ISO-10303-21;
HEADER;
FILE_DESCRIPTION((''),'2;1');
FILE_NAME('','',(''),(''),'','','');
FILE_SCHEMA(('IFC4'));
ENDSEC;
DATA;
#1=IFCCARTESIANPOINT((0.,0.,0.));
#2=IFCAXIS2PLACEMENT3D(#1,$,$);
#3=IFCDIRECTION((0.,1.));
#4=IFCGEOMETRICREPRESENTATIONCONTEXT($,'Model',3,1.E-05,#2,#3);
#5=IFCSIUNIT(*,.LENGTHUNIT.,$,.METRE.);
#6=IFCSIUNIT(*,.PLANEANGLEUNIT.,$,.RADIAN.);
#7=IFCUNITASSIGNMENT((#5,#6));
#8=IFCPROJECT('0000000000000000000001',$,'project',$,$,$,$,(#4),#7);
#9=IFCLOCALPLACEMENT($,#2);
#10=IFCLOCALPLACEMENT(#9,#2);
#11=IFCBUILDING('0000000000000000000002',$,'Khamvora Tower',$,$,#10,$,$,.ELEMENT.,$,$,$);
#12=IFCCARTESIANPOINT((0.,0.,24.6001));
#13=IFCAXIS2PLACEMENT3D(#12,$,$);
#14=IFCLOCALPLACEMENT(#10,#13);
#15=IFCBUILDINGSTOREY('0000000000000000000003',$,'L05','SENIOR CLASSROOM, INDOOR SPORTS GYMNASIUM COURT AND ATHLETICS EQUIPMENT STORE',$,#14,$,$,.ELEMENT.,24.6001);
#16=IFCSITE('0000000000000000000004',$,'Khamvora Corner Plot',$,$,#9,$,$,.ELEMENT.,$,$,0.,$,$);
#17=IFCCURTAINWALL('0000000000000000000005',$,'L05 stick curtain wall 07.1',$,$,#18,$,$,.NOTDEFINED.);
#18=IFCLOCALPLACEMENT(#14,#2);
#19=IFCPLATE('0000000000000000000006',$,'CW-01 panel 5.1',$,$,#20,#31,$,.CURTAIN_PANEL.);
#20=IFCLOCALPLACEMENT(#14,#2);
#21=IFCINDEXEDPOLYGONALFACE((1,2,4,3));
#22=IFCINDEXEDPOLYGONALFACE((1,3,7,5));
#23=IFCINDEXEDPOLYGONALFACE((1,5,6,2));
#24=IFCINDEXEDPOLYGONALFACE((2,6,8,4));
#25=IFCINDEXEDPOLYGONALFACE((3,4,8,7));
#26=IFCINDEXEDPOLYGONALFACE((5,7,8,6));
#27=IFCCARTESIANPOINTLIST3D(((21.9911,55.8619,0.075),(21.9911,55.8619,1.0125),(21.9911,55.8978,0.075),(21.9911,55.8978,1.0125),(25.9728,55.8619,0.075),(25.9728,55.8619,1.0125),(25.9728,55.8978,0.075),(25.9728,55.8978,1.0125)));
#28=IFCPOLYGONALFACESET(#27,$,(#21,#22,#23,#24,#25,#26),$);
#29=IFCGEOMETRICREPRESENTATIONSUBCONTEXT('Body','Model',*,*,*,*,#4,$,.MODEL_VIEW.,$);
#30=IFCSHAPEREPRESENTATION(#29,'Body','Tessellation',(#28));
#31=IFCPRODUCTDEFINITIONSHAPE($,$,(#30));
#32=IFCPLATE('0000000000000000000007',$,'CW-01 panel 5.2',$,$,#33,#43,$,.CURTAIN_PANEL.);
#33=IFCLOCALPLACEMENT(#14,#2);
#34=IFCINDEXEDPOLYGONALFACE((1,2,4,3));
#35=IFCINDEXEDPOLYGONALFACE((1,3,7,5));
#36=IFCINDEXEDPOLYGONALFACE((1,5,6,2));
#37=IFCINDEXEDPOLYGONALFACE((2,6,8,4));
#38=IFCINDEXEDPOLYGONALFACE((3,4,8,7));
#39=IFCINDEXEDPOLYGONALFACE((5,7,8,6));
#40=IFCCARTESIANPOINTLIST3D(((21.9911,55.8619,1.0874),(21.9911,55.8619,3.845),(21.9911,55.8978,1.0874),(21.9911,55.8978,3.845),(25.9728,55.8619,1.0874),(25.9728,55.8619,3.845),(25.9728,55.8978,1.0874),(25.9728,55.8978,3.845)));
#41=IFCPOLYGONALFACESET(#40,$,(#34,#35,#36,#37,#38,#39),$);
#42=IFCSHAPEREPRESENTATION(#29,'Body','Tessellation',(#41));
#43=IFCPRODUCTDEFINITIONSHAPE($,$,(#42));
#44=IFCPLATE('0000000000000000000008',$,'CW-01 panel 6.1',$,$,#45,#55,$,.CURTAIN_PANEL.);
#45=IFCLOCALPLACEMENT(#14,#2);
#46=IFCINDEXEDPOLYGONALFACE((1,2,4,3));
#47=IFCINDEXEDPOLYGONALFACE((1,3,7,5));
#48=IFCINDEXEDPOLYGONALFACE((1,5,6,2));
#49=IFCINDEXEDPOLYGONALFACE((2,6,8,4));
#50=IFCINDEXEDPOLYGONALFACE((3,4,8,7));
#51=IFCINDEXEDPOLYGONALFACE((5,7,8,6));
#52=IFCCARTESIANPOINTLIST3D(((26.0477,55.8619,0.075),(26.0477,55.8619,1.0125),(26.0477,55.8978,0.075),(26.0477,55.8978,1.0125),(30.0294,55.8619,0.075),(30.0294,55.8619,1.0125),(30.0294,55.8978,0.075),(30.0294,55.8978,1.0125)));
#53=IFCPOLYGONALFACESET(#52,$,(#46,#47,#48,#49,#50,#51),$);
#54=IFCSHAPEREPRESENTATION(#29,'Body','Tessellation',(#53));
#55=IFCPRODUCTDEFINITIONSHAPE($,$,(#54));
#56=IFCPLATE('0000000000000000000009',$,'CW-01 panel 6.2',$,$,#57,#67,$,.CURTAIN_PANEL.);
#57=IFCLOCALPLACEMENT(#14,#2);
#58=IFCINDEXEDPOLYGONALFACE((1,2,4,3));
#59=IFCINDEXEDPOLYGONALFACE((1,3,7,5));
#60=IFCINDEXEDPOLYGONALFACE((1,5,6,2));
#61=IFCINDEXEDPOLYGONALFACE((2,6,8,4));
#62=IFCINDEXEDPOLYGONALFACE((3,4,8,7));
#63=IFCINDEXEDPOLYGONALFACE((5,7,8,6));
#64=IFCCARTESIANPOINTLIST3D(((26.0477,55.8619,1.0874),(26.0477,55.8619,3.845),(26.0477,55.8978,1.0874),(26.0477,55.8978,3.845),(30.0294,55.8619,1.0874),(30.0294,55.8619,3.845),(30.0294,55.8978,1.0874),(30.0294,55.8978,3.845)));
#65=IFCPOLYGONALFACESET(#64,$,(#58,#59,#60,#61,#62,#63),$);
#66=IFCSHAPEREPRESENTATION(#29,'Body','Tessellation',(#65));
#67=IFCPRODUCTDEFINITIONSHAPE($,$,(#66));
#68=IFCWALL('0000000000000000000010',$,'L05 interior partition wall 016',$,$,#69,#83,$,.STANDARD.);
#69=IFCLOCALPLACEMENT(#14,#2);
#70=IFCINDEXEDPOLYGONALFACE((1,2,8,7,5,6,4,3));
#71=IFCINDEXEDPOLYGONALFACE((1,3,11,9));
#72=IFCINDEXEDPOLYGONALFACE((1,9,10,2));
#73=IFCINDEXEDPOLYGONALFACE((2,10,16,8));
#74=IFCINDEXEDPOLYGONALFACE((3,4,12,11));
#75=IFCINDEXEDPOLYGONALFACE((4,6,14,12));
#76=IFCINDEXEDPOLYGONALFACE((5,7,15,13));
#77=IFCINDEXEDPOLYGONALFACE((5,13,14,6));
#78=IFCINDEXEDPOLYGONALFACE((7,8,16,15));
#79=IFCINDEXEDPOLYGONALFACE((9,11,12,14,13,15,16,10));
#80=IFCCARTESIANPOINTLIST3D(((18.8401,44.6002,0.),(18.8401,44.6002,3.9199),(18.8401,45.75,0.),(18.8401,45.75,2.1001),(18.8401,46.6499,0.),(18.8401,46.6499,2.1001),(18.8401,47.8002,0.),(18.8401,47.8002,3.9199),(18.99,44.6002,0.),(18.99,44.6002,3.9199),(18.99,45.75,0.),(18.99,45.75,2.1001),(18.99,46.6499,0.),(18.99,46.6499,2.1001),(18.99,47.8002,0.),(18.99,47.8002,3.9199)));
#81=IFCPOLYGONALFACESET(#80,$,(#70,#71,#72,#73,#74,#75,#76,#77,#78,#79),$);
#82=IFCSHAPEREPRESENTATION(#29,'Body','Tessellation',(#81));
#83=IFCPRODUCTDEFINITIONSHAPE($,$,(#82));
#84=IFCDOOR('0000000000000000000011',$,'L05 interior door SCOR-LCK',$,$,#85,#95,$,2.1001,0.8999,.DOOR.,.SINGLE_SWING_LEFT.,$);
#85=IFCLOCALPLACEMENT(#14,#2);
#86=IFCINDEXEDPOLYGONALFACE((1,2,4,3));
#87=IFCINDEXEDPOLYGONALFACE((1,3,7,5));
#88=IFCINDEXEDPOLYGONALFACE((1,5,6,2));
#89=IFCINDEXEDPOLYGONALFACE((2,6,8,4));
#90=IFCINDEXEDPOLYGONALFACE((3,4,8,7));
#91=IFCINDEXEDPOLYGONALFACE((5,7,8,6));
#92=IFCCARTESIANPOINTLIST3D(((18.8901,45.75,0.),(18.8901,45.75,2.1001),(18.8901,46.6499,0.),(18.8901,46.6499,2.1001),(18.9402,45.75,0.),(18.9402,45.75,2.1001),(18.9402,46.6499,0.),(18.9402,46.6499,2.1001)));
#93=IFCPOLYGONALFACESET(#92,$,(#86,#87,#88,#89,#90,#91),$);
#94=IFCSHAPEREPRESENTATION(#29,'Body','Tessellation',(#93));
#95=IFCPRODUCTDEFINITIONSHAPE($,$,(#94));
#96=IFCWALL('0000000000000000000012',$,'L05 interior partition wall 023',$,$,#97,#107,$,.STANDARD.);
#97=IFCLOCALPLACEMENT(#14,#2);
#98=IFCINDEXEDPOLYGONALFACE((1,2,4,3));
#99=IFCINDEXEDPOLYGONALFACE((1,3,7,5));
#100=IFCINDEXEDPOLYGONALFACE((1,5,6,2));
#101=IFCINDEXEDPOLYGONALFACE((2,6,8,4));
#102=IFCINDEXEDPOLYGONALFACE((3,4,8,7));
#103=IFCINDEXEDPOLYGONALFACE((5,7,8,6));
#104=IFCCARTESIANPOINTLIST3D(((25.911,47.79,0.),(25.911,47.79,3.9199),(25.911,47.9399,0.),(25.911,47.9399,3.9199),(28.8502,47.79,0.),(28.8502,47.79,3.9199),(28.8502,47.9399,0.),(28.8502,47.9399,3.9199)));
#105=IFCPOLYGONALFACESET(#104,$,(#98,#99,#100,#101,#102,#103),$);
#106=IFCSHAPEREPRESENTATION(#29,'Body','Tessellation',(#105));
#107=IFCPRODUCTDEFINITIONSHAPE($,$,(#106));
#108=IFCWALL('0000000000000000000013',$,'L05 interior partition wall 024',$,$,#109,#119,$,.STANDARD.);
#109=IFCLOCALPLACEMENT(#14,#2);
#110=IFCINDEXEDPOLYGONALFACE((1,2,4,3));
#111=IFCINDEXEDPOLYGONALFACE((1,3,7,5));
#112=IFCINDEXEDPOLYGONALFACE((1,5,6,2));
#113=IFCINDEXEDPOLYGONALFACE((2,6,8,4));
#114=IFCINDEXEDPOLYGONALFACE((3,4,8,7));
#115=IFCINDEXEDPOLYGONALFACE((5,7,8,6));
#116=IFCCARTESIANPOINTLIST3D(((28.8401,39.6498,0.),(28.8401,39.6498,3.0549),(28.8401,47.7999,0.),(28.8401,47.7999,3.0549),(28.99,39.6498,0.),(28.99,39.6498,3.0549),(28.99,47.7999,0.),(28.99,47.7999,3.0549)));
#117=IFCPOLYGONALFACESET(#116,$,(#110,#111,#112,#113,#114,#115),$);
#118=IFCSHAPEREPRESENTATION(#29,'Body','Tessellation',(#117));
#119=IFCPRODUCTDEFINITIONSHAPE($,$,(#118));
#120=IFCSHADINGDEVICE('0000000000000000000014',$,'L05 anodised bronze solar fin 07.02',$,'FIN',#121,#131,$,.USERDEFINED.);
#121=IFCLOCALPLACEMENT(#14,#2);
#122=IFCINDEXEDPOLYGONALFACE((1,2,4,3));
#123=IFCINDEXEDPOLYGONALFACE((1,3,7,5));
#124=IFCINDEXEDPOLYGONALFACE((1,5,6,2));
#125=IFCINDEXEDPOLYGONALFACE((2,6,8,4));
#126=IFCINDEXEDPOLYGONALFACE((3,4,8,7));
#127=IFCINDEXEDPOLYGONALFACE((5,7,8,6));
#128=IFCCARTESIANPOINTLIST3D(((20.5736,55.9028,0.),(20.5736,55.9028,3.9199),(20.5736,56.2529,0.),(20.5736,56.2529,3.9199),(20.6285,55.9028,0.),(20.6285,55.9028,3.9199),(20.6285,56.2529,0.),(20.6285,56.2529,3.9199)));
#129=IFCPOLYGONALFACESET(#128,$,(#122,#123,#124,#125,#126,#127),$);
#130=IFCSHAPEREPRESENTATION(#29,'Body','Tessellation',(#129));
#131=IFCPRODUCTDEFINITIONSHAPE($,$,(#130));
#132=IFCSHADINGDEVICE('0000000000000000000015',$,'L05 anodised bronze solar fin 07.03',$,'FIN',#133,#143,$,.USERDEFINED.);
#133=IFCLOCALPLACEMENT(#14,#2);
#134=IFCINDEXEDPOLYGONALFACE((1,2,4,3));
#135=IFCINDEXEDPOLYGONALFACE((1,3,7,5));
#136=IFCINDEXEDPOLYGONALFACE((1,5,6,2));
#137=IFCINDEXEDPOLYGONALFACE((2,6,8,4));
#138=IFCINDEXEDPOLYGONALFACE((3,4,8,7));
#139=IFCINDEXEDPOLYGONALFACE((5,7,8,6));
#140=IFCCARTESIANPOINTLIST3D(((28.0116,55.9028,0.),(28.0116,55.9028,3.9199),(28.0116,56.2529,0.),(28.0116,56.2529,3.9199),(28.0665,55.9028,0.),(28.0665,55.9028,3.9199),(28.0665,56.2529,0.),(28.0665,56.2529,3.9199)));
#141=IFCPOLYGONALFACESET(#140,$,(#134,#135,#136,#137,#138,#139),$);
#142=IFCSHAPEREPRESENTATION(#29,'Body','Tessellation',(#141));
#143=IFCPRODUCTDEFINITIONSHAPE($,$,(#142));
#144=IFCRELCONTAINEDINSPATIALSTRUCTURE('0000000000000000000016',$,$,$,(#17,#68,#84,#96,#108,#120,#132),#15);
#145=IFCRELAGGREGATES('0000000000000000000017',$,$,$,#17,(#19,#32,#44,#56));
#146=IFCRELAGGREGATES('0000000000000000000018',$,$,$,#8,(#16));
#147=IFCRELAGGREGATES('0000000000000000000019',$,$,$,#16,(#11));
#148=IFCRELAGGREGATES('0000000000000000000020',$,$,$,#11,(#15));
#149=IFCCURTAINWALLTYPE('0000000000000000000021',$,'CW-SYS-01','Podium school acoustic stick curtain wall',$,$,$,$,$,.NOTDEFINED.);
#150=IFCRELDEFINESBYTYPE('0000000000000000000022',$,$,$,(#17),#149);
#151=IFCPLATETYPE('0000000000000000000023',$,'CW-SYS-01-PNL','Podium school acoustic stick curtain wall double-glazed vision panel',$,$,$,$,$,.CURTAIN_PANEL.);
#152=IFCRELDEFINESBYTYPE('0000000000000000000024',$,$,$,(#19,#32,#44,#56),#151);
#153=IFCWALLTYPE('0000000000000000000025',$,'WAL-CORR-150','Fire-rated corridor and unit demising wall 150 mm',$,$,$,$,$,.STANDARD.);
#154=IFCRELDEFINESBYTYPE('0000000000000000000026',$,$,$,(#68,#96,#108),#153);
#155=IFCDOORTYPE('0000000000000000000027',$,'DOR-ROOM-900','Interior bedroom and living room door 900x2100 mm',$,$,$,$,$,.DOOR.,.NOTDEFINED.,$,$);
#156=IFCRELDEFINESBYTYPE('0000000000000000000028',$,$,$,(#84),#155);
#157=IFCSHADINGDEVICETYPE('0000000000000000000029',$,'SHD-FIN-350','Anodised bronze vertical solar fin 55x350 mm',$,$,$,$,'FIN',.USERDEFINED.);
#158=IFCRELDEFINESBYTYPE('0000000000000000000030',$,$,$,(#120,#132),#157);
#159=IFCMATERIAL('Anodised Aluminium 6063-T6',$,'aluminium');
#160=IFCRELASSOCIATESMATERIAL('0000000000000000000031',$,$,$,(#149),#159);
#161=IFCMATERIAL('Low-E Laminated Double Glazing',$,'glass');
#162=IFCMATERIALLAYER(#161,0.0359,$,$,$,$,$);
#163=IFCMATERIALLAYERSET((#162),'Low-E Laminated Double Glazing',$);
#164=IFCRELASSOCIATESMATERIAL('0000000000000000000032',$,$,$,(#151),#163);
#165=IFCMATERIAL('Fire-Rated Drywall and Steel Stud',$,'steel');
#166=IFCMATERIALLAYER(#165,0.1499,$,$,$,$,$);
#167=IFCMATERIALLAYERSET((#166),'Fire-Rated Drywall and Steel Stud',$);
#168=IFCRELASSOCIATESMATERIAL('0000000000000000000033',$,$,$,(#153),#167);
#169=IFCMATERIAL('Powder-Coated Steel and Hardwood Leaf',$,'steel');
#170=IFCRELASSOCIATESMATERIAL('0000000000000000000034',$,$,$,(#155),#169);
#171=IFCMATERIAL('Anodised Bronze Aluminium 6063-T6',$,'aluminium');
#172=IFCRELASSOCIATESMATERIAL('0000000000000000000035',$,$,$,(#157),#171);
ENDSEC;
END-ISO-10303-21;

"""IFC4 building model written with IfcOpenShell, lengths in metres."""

from ifc_helpers import new_model, si_unit, direction, frame, frame_2d, origin, origin_2d, place, context, subcontext, project, spatial, rectangle, extrude, material, layer, layer_set, type_object, element, fill, aggregate, save


model = new_model("IFC4")

# Units and contexts
model_context = context("Model", 3, precision=1e-05, world=origin(), true_north=direction((0.0, 1.0)))
body_context = subcontext(model_context, "Body", "Model", "MODEL_VIEW")
ifc_project = project(units=[si_unit("LENGTHUNIT", "METRE"), si_unit("PLANEANGLEUNIT", "RADIAN")], contexts=[model_context])

# Site, building, storey
site_placement = place(None, origin())
site = spatial("IfcSite", under=ifc_project, at=site_placement, Name="Khamvora Corner Plot", CompositionType="ELEMENT", RefElevation=0.0)
building_placement = place(site_placement, origin())
building = spatial("IfcBuilding", under=site, at=building_placement, Name="Khamvora Tower", CompositionType="ELEMENT")
storey_placement = place(building_placement, frame((0.0, 0.0, 24.6001)))
storey = spatial("IfcBuildingStorey", under=building, at=storey_placement, Name="L05", Description="SENIOR CLASSROOM, INDOOR SPORTS GYMNASIUM COURT AND ATHLETICS EQUIPMENT STORE", CompositionType="ELEMENT", Elevation=24.6001)

# Curtain wall, plates
ifc_material_1 = material(Name="Anodised Aluminium 6063-T6", Category="aluminium")
curtain_wall_type = type_object("IfcCurtainWallType", Name="CW-SYS-01", Description="Podium school acoustic stick curtain wall", PredefinedType="NOTDEFINED", material=ifc_material_1)
curtain_wall_placement = place(storey_placement, origin())
curtain_wall = element("IfcCurtainWall", 1, at=curtain_wall_placement, inside=storey, type_object=curtain_wall_type, Name="L05 stick curtain wall 07.1", PredefinedType="NOTDEFINED")
ifc_material_2 = material(Name="Low-E Laminated Double Glazing", Category="glass")
ifc_layer_1 = layer(ifc_material_2, 0.0359)
ifc_layer_set_1 = layer_set([ifc_layer_1], Name="Low-E Laminated Double Glazing")
plate_type = type_object("IfcPlateType", Name="CW-SYS-01-PNL", Description="Podium school acoustic stick curtain wall double-glazed vision panel", PredefinedType="CURTAIN_PANEL", material=ifc_layer_set_1)
plate_1_placement = place(storey_placement, frame((23.9819, 55.8799, 0.075), z_axis=(0.0, 0.0, 1.0), x_axis=(1.0, 0.0, 0.0)))
plate_1 = element("IfcPlate", 2, at=plate_1_placement, type_object=plate_type, Name="CW-01 panel 5.1", PredefinedType="CURTAIN_PANEL", context=body_context, shape_type="SweptSolid", body=[
    extrude(rectangle(XDim=3.9817, YDim=0.0359, at=origin_2d()), origin(), (0.0, 0.0, 1.0), 0.9375),
])
plate_2_placement = place(storey_placement, frame((23.9819, 55.8799, 1.0874), z_axis=(0.0, 0.0, 1.0), x_axis=(1.0, 0.0, 0.0)))
plate_2 = element("IfcPlate", 3, at=plate_2_placement, type_object=plate_type, Name="CW-01 panel 5.2", PredefinedType="CURTAIN_PANEL", context=body_context, shape_type="SweptSolid", body=[
    extrude(rectangle(XDim=3.9817, YDim=0.0359, at=origin_2d()), origin(), (0.0, 0.0, 1.0), 2.7576),
])
plate_3_placement = place(storey_placement, frame((28.0386, 55.8799, 0.075), z_axis=(0.0, 0.0, 1.0), x_axis=(1.0, 0.0, 0.0)))
plate_3 = element("IfcPlate", 4, at=plate_3_placement, type_object=plate_type, Name="CW-01 panel 6.1", PredefinedType="CURTAIN_PANEL", context=body_context, shape_type="SweptSolid", body=[
    extrude(rectangle(XDim=3.9817, YDim=0.0359, at=origin_2d()), origin(), (0.0, 0.0, 1.0), 0.9375),
])
plate_4_placement = place(storey_placement, frame((28.0386, 55.8799, 1.0874), z_axis=(0.0, 0.0, 1.0), x_axis=(1.0, 0.0, 0.0)))
plate_4 = element("IfcPlate", 5, at=plate_4_placement, type_object=plate_type, Name="CW-01 panel 6.2", PredefinedType="CURTAIN_PANEL", context=body_context, shape_type="SweptSolid", body=[
    extrude(rectangle(XDim=3.9817, YDim=0.0359, at=origin_2d()), origin(), (0.0, 0.0, 1.0), 2.7576),
])
aggregate(curtain_wall, [plate_1, plate_2, plate_3, plate_4])

# Wall, opening, door
ifc_material_3 = material(Name="Fire-Rated Drywall and Steel Stud", Category="steel")
ifc_layer_2 = layer(ifc_material_3, 0.1499)
ifc_layer_set_2 = layer_set([ifc_layer_2], Name="Fire-Rated Drywall and Steel Stud")
wall_type = type_object("IfcWallType", Name="WAL-CORR-150", Description="Fire-rated corridor and unit demising wall 150 mm", PredefinedType="STANDARD", material=ifc_layer_set_2)
wall_1_placement = place(storey_placement, frame((18.915, 44.6001, 0.0), z_axis=(0.0, 0.0, 1.0), x_axis=(0.0, 1.0, 0.0)))
wall_1 = element("IfcWall", 6, at=wall_1_placement, inside=storey, type_object=wall_type, Name="L05 interior partition wall 016", PredefinedType="STANDARD", context=body_context, shape_type="SweptSolid", body=[
    extrude(rectangle(XDim=3.2, YDim=0.1499, at=frame_2d((1.6001, 0.0))), origin(), (0.0, 0.0, 1.0), 3.9199),
])
opening_placement = place(wall_1_placement, frame((1.1499, 0.0, 0.0)))
opening = element("IfcOpeningElement", 7, at=opening_placement, cuts=wall_1, PredefinedType="OPENING", context=body_context, shape_type="SweptSolid", body=[
    extrude(rectangle(XDim=0.8999, YDim=2.1001, at=frame_2d((0.45, 1.05))), frame((0.0, 0.085, 0.0), z_axis=(0.0, -1.0, 0.0), x_axis=(1.0, 0.0, 0.0)), (0.0, 0.0, 1.0), 0.1699),
])
ifc_material_4 = material(Name="Powder-Coated Steel and Hardwood Leaf", Category="steel")
door_type = type_object("IfcDoorType", Name="DOR-ROOM-900", Description="Interior bedroom and living room door 900x2100 mm", OperationType="NOTDEFINED", PredefinedType="DOOR", material=ifc_material_4)
door_placement = place(opening_placement, origin())
door = element("IfcDoor", 8, at=door_placement, inside=storey, type_object=door_type, Name="L05 interior door SCOR-LCK", OperationType="SINGLE_SWING_LEFT", OverallHeight=2.1001, OverallWidth=0.8999, PredefinedType="DOOR", context=body_context, shape_type="SweptSolid", body=[
    extrude(rectangle(XDim=0.8999, YDim=2.1001, at=frame_2d((0.45, 1.05))), frame((0.0, 0.0249, 0.0), z_axis=(0.0, -1.0, 0.0), x_axis=(1.0, 0.0, 0.0)), (0.0, 0.0, 1.0), 0.05),
])
fill(opening, door)

# Walls
wall_2_placement = place(storey_placement, frame((25.9109, 47.865, 0.0), z_axis=(0.0, 0.0, 1.0), x_axis=(1.0, 0.0, 0.0)))
element("IfcWall", 9, at=wall_2_placement, inside=storey, type_object=wall_type, Name="L05 interior partition wall 023", PredefinedType="STANDARD", context=body_context, shape_type="SweptSolid", body=[
    extrude(rectangle(XDim=2.9392, YDim=0.1499, at=frame_2d((1.4697, 0.0))), origin(), (0.0, 0.0, 1.0), 3.9199),
])
wall_3_placement = place(storey_placement, frame((28.915, 47.8, 0.0), z_axis=(0.0, 0.0, 1.0), x_axis=(0.0, -1.0, 0.0)))
element("IfcWall", 10, at=wall_3_placement, inside=storey, type_object=wall_type, Name="L05 interior partition wall 024", PredefinedType="STANDARD", context=body_context, shape_type="SweptSolid", body=[
    extrude(rectangle(XDim=8.1501, YDim=0.1499, at=frame_2d((4.0752, 0.0))), origin(), (0.0, 0.0, 1.0), 3.0549),
])

# Shading devices
ifc_material_5 = material(Name="Anodised Bronze Aluminium 6063-T6", Category="aluminium")
shading_device_type = type_object("IfcShadingDeviceType", Name="SHD-FIN-350", Description="Anodised bronze vertical solar fin 55x350 mm", ElementType="FIN", PredefinedType="USERDEFINED", material=ifc_material_5)
for number, where, z_axis, x_axis, name in (
    (11, (20.6011, 56.0779, 0.0), (0.0, 0.0, 1.0), (1.0, 0.0, 0.0), "L05 anodised bronze solar fin 07.02"),
    (12, (28.0391, 56.0779, 0.0), (0.0, 0.0, 1.0), (1.0, 0.0, 0.0), "L05 anodised bronze solar fin 07.03"),
):
    element("IfcShadingDevice", number, at=place(storey_placement, frame(where, z_axis=z_axis, x_axis=x_axis)), inside=storey, type_object=shading_device_type, Name=name, ObjectType="FIN", PredefinedType="USERDEFINED", context=body_context, shape_type="SweptSolid", body=[
        extrude(rectangle(XDim=0.0549, YDim=0.3501, at=origin_2d()), origin(), (0.0, 0.0, 1.0), 3.9199),
    ])

save(model, "model.ifc")
